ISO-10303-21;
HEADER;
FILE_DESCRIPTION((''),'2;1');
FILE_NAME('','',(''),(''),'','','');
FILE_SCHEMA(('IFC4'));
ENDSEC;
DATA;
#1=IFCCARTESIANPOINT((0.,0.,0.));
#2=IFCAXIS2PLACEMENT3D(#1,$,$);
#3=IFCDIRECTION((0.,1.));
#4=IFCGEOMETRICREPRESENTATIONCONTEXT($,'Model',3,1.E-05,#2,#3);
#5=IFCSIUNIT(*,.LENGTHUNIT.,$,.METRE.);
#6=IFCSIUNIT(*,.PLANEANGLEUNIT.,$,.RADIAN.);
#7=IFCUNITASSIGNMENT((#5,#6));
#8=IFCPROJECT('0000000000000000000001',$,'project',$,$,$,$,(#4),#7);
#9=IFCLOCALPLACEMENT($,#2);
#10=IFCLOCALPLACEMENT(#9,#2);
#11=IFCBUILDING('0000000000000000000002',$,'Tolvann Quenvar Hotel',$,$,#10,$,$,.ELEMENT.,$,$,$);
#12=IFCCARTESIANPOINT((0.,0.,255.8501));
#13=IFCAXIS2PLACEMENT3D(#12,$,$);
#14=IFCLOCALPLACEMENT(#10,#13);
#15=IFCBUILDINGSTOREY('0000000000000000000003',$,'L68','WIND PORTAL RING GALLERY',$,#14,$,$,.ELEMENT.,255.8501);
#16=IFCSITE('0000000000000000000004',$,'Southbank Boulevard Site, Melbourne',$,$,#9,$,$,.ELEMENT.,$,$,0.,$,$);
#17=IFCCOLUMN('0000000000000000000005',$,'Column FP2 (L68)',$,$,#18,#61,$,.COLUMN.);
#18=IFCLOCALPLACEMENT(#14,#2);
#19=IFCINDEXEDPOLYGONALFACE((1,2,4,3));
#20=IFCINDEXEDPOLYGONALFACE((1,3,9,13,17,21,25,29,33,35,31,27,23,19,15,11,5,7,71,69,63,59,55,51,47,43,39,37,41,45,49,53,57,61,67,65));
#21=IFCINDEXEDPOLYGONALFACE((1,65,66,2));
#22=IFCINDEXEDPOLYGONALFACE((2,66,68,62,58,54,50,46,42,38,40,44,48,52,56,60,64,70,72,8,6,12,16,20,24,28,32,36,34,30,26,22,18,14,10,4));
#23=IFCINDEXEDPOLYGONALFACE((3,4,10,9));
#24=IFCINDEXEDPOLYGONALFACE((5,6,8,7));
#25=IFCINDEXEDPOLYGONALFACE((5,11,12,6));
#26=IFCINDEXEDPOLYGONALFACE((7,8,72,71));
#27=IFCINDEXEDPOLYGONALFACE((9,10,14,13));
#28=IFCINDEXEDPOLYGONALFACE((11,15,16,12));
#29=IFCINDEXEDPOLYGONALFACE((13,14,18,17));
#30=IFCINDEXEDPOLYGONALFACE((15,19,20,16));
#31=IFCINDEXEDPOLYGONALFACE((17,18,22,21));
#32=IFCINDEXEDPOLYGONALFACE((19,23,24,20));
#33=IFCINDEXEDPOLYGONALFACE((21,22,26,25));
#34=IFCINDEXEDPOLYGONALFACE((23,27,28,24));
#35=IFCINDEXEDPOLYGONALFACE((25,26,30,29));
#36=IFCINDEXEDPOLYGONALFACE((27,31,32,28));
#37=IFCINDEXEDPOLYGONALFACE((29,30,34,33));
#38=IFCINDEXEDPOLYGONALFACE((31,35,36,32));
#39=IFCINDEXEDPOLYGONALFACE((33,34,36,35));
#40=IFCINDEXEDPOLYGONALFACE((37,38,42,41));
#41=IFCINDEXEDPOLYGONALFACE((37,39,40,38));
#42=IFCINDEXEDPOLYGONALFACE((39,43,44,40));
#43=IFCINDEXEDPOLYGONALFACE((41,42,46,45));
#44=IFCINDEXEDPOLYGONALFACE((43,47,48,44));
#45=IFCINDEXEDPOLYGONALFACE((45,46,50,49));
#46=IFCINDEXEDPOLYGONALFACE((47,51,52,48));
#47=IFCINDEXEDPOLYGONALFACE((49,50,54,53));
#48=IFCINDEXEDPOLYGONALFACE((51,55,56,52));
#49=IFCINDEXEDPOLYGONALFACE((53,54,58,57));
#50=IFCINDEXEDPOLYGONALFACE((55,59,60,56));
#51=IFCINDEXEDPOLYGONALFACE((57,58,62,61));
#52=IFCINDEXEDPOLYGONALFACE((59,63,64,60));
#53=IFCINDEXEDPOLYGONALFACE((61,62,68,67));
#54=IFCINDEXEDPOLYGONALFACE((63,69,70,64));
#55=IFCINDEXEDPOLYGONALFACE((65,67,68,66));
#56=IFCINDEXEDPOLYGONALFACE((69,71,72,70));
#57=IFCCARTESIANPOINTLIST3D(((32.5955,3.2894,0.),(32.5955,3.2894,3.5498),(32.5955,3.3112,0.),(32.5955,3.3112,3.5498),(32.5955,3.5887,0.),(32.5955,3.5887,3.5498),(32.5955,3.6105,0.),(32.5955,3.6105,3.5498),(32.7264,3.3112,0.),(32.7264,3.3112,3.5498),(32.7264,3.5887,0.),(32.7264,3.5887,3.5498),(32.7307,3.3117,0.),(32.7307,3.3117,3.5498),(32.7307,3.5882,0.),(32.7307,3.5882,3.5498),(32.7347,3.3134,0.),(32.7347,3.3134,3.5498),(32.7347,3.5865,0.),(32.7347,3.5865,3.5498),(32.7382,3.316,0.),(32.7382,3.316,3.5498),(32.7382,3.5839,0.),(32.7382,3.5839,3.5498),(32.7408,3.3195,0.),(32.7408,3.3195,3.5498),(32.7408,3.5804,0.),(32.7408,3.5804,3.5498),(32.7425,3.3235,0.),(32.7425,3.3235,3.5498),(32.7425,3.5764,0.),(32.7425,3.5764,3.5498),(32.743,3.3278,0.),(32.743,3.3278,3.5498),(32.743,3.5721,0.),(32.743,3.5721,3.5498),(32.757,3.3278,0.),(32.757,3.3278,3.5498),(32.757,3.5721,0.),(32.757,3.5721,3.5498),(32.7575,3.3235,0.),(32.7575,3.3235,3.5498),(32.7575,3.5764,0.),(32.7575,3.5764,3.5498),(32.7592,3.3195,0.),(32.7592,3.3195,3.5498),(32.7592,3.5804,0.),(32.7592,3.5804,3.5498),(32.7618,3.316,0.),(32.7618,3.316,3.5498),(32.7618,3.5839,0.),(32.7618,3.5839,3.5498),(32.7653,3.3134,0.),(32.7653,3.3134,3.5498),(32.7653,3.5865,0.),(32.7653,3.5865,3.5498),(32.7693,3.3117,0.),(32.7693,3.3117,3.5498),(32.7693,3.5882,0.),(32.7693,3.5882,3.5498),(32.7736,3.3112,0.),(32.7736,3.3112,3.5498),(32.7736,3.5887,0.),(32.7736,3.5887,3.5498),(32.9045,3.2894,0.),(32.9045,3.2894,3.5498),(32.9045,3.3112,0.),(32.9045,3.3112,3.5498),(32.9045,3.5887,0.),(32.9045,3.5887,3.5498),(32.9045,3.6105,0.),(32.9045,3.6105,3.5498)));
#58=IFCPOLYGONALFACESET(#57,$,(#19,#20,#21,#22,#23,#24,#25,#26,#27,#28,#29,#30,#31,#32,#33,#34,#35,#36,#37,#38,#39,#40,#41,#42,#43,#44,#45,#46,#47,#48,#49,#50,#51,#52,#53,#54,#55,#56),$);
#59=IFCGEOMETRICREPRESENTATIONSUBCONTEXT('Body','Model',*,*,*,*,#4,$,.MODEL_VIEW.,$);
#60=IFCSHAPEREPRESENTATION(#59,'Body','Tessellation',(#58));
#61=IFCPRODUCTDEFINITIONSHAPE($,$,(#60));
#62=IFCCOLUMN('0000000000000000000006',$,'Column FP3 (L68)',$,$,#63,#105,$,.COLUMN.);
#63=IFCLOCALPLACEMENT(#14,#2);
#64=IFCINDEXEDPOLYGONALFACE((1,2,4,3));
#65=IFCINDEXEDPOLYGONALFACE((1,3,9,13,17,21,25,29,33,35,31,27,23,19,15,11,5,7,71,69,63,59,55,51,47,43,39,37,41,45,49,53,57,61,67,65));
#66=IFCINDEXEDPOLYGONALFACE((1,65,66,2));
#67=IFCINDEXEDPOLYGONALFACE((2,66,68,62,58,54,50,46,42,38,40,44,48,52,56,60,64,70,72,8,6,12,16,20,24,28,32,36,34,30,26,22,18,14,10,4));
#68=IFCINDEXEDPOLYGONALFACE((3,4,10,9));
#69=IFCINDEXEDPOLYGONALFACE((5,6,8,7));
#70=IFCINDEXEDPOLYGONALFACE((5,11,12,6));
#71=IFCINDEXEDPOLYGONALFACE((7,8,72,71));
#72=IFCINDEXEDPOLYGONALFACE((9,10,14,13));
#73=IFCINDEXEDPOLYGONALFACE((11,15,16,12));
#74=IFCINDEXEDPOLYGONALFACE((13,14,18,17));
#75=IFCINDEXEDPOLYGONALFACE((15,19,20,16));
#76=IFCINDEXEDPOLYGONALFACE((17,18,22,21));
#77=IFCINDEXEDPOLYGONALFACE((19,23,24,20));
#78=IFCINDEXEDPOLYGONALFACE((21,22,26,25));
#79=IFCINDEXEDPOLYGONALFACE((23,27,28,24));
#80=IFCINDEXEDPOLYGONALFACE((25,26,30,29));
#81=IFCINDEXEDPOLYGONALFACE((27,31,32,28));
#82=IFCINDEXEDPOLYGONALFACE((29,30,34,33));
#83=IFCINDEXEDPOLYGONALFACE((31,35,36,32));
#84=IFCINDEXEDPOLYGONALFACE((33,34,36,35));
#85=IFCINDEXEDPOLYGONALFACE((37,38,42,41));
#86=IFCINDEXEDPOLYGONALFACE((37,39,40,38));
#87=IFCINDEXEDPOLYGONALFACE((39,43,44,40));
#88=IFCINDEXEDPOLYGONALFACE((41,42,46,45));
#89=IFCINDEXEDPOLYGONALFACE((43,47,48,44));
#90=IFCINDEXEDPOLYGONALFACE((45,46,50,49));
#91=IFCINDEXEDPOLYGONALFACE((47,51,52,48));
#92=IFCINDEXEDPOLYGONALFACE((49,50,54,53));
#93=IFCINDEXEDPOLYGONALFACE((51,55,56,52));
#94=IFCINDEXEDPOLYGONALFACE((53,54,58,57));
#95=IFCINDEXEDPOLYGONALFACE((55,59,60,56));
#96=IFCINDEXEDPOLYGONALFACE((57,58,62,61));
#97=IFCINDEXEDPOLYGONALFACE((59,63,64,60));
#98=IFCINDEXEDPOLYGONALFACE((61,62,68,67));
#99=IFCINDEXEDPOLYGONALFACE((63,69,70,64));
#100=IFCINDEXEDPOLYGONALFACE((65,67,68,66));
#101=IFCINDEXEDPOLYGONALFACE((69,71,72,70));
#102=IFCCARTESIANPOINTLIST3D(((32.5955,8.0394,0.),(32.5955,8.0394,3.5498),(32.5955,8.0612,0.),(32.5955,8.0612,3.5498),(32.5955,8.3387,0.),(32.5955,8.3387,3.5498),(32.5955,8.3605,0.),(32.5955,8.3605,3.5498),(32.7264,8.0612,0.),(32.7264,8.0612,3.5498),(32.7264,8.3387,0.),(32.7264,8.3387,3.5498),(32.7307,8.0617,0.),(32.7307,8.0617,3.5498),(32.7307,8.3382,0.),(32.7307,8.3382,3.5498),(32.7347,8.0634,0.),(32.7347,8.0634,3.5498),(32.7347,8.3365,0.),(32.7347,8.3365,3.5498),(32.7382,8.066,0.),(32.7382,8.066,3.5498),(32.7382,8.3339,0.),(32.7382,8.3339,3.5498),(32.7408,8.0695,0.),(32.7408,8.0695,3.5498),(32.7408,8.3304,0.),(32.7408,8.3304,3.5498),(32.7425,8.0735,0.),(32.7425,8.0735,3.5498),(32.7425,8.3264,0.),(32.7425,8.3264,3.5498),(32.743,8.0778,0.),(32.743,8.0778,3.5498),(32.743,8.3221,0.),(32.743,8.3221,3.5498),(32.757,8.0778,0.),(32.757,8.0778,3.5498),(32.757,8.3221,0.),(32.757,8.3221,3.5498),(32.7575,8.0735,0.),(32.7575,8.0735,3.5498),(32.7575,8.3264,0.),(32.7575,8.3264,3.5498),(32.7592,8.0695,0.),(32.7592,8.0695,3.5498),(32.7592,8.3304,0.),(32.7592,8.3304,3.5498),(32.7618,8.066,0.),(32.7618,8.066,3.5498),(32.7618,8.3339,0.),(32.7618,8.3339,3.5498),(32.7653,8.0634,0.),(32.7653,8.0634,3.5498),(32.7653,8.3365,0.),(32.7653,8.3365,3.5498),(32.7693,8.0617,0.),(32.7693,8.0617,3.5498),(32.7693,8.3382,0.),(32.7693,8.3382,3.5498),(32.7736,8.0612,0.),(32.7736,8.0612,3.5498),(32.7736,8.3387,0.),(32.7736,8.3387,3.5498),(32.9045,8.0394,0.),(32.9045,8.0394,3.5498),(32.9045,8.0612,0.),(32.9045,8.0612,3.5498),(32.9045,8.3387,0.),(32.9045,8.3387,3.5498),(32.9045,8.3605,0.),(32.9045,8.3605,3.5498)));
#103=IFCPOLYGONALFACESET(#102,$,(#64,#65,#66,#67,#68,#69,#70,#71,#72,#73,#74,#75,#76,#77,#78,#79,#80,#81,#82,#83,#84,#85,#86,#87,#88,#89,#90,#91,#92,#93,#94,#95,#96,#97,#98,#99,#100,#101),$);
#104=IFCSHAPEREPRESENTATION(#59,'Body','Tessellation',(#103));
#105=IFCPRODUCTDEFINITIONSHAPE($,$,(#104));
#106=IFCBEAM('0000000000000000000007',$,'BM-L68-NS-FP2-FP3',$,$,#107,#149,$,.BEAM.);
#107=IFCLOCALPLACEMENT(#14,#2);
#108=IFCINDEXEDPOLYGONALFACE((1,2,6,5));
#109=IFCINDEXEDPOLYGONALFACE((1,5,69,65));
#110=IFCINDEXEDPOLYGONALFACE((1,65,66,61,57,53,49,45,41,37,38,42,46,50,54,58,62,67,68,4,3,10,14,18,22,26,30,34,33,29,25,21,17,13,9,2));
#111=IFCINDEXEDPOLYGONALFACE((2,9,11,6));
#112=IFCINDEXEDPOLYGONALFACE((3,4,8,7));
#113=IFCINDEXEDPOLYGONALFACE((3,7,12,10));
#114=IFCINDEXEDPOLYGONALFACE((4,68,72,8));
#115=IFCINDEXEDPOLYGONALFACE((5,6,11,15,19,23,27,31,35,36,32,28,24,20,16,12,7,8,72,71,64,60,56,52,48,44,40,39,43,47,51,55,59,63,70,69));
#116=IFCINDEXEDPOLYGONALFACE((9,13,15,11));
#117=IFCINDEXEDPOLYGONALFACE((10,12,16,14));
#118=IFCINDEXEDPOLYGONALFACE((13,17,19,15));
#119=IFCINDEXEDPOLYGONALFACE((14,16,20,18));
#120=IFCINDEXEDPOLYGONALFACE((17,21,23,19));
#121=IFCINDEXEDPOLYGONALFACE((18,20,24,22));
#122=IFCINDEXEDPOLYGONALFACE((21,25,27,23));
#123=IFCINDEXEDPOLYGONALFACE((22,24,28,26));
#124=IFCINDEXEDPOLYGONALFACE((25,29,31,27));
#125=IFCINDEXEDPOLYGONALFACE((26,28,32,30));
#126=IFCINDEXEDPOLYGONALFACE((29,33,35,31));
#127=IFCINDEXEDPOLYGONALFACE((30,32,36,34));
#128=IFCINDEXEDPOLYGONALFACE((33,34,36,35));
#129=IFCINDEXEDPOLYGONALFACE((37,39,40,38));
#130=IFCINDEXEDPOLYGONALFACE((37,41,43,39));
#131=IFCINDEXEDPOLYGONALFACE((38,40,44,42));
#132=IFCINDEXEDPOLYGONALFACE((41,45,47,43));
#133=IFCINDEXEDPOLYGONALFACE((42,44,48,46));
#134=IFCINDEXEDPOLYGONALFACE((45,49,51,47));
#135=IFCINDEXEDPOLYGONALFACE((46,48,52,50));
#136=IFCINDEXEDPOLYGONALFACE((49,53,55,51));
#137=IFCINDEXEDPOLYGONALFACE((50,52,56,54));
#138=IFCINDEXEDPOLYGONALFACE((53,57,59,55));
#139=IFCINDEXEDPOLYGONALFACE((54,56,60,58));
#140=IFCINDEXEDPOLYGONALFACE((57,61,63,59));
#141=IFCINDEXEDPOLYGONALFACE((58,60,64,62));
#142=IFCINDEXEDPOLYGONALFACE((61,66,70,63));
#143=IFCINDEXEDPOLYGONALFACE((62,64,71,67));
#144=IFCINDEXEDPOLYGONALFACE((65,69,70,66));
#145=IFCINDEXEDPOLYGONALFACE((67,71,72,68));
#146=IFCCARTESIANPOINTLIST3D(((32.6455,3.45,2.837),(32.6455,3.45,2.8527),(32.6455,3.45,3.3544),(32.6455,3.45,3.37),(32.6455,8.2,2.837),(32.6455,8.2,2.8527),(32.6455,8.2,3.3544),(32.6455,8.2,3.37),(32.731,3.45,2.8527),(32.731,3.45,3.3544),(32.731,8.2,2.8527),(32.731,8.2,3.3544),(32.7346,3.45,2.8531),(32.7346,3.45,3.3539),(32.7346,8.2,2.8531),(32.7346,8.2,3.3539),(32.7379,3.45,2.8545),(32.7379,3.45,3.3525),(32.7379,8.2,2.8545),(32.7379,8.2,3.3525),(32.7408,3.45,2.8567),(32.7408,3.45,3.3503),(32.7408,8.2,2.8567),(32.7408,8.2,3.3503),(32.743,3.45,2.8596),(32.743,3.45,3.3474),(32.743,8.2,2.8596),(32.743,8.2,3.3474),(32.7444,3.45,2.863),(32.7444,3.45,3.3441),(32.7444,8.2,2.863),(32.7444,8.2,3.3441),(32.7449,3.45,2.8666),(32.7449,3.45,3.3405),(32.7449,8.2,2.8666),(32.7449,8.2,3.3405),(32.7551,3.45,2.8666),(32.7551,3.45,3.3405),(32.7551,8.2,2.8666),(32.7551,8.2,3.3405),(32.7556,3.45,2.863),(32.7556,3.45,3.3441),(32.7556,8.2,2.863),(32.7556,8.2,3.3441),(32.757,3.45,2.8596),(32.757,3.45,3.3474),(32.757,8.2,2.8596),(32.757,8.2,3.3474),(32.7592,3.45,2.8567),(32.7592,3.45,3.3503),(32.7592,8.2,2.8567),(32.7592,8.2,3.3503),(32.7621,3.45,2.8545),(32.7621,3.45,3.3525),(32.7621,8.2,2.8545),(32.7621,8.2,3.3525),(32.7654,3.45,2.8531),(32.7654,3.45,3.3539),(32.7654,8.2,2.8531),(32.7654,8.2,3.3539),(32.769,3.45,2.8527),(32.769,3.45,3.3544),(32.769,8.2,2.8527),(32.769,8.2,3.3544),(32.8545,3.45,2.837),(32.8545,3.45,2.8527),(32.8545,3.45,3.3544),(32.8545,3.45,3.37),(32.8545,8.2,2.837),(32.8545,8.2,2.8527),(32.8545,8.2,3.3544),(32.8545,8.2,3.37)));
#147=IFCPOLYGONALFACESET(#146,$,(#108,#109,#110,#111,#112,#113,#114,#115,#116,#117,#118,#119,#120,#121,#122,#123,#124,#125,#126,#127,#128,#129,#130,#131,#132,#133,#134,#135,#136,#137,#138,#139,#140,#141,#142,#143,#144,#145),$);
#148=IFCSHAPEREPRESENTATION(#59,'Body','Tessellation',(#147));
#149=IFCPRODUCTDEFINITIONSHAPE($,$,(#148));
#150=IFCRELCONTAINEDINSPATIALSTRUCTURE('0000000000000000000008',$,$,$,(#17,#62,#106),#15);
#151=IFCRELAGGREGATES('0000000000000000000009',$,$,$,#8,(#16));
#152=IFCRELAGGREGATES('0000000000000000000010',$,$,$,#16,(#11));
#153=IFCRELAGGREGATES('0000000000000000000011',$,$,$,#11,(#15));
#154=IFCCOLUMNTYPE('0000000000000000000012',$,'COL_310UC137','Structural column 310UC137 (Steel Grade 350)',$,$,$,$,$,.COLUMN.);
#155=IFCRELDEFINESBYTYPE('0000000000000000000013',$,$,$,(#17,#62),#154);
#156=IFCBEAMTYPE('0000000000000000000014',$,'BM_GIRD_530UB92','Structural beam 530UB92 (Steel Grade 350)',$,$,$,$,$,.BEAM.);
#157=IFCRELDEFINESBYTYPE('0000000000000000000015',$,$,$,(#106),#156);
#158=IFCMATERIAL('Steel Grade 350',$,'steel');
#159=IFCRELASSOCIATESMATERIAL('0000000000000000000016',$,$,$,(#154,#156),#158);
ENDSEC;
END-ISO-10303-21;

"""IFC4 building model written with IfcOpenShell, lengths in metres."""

from ifc_helpers import new_model, si_unit, direction, frame, origin, origin_2d, place, context, subcontext, project, spatial, i_section, extrude, source, transform, mapped, material, material_profile, profile_set, type_object, type_shapes, element, save


model = new_model("IFC4")

# Units and contexts
model_context = context("Model", 3, precision=1e-05, world=origin(), true_north=direction((0.0, 1.0)))
body_context = subcontext(model_context, "Body", "Model", "MODEL_VIEW")
ifc_project = project(units=[si_unit("LENGTHUNIT", "METRE"), si_unit("PLANEANGLEUNIT", "RADIAN")], contexts=[model_context])

# Site, building, storey
site_placement = place(None, origin())
site = spatial("IfcSite", under=ifc_project, at=site_placement, Name="Southbank Boulevard Site, Melbourne", CompositionType="ELEMENT", RefElevation=0.0)
building_placement = place(site_placement, origin())
building = spatial("IfcBuilding", under=site, at=building_placement, Name="Tolvann Quenvar Hotel", CompositionType="ELEMENT")
storey_placement = place(building_placement, frame((0.0, 0.0, 255.8501)))
storey = spatial("IfcBuildingStorey", under=building, at=storey_placement, Name="L68", Description="WIND PORTAL RING GALLERY", CompositionType="ELEMENT", Elevation=255.8501)

# Columns
ifc_material_1 = material(Name="Steel Grade 350", Category="steel")
ifc_material_profile_1 = material_profile(ifc_material_1, i_section(OverallWidth=0.3091, OverallDepth=0.321, WebThickness=0.0139, FlangeThickness=0.0217, FilletRadius=0.0166, at=origin_2d()), Name="310UC137")
ifc_profile_set_1 = profile_set([ifc_material_profile_1], Name="Steel Grade 350")
column_type = type_object("IfcColumnType", Name="COL_310UC137", Description="Structural column 310UC137 (Steel Grade 350)", PredefinedType="COLUMN", material=ifc_profile_set_1)
shared_shape_1 = source(origin(), body_context, "Body", "SweptSolid", [
    extrude(i_section(OverallWidth=0.3091, OverallDepth=0.321, WebThickness=0.0139, FlangeThickness=0.0217, FilletRadius=0.0166, at=origin_2d()), origin(), (0.0, 0.0, 1.0), 3.5498),
])
type_shapes(column_type, [shared_shape_1])
for number, where, z_axis, x_axis, name in (
    (1, (32.75, 3.45, 0.0), (0.0, 0.0, 1.0), (1.0, 0.0, 0.0), "Column FP2 (L68)"),
    (2, (32.75, 8.2, 0.0), (0.0, 0.0, 1.0), (1.0, 0.0, 0.0), "Column FP3 (L68)"),
):
    element("IfcColumn", number, at=place(storey_placement, frame(where, z_axis=z_axis, x_axis=x_axis)), inside=storey, type_object=column_type, Name=name, PredefinedType="COLUMN", context=body_context, shape_type="MappedRepresentation", body=[
        mapped(shared_shape_1, transform((0.0, 0.0, 0.0), x_axis=(1.0, 0.0, 0.0), y_axis=(0.0, 1.0, 0.0), z_axis=(0.0, 0.0, 1.0), scale=1.0)),
    ])

# Beam
ifc_material_profile_2 = material_profile(ifc_material_1, i_section(OverallWidth=0.209, OverallDepth=0.533, WebThickness=0.0103, FlangeThickness=0.0156, FilletRadius=0.0139, at=origin_2d()), Name="530UB92")
ifc_profile_set_2 = profile_set([ifc_material_profile_2], Name="Steel Grade 350")
beam_type_1 = type_object("IfcBeamType", Name="BM_GIRD_530UB92", Description="Structural beam 530UB92 (Steel Grade 350)", PredefinedType="BEAM", material=ifc_profile_set_2)
shared_shape_2 = source(origin(), body_context, "Body", "SweptSolid", [
    extrude(i_section(OverallWidth=0.209, OverallDepth=0.533, WebThickness=0.0103, FlangeThickness=0.0156, FilletRadius=0.0139, at=origin_2d()), origin(), (0.0, 0.0, 1.0), 4.75),
])
beam_1_placement = place(storey_placement, frame((32.75, 3.45, 3.1035), z_axis=(0.0, 1.0, 0.0), x_axis=(-1.0, 0.0, 0.0)))
element("IfcBeam", 3, at=beam_1_placement, inside=storey, type_object=beam_type_1, Name="BM-L68-NS-FP2-FP3", PredefinedType="BEAM", context=body_context, shape_type="MappedRepresentation", body=[
    mapped(shared_shape_2, transform((0.0, 0.0, 0.0), x_axis=(1.0, 0.0, 0.0), y_axis=(0.0, 1.0, 0.0), z_axis=(0.0, 0.0, 1.0), scale=1.0)),
])

save(model, "model.ifc")
